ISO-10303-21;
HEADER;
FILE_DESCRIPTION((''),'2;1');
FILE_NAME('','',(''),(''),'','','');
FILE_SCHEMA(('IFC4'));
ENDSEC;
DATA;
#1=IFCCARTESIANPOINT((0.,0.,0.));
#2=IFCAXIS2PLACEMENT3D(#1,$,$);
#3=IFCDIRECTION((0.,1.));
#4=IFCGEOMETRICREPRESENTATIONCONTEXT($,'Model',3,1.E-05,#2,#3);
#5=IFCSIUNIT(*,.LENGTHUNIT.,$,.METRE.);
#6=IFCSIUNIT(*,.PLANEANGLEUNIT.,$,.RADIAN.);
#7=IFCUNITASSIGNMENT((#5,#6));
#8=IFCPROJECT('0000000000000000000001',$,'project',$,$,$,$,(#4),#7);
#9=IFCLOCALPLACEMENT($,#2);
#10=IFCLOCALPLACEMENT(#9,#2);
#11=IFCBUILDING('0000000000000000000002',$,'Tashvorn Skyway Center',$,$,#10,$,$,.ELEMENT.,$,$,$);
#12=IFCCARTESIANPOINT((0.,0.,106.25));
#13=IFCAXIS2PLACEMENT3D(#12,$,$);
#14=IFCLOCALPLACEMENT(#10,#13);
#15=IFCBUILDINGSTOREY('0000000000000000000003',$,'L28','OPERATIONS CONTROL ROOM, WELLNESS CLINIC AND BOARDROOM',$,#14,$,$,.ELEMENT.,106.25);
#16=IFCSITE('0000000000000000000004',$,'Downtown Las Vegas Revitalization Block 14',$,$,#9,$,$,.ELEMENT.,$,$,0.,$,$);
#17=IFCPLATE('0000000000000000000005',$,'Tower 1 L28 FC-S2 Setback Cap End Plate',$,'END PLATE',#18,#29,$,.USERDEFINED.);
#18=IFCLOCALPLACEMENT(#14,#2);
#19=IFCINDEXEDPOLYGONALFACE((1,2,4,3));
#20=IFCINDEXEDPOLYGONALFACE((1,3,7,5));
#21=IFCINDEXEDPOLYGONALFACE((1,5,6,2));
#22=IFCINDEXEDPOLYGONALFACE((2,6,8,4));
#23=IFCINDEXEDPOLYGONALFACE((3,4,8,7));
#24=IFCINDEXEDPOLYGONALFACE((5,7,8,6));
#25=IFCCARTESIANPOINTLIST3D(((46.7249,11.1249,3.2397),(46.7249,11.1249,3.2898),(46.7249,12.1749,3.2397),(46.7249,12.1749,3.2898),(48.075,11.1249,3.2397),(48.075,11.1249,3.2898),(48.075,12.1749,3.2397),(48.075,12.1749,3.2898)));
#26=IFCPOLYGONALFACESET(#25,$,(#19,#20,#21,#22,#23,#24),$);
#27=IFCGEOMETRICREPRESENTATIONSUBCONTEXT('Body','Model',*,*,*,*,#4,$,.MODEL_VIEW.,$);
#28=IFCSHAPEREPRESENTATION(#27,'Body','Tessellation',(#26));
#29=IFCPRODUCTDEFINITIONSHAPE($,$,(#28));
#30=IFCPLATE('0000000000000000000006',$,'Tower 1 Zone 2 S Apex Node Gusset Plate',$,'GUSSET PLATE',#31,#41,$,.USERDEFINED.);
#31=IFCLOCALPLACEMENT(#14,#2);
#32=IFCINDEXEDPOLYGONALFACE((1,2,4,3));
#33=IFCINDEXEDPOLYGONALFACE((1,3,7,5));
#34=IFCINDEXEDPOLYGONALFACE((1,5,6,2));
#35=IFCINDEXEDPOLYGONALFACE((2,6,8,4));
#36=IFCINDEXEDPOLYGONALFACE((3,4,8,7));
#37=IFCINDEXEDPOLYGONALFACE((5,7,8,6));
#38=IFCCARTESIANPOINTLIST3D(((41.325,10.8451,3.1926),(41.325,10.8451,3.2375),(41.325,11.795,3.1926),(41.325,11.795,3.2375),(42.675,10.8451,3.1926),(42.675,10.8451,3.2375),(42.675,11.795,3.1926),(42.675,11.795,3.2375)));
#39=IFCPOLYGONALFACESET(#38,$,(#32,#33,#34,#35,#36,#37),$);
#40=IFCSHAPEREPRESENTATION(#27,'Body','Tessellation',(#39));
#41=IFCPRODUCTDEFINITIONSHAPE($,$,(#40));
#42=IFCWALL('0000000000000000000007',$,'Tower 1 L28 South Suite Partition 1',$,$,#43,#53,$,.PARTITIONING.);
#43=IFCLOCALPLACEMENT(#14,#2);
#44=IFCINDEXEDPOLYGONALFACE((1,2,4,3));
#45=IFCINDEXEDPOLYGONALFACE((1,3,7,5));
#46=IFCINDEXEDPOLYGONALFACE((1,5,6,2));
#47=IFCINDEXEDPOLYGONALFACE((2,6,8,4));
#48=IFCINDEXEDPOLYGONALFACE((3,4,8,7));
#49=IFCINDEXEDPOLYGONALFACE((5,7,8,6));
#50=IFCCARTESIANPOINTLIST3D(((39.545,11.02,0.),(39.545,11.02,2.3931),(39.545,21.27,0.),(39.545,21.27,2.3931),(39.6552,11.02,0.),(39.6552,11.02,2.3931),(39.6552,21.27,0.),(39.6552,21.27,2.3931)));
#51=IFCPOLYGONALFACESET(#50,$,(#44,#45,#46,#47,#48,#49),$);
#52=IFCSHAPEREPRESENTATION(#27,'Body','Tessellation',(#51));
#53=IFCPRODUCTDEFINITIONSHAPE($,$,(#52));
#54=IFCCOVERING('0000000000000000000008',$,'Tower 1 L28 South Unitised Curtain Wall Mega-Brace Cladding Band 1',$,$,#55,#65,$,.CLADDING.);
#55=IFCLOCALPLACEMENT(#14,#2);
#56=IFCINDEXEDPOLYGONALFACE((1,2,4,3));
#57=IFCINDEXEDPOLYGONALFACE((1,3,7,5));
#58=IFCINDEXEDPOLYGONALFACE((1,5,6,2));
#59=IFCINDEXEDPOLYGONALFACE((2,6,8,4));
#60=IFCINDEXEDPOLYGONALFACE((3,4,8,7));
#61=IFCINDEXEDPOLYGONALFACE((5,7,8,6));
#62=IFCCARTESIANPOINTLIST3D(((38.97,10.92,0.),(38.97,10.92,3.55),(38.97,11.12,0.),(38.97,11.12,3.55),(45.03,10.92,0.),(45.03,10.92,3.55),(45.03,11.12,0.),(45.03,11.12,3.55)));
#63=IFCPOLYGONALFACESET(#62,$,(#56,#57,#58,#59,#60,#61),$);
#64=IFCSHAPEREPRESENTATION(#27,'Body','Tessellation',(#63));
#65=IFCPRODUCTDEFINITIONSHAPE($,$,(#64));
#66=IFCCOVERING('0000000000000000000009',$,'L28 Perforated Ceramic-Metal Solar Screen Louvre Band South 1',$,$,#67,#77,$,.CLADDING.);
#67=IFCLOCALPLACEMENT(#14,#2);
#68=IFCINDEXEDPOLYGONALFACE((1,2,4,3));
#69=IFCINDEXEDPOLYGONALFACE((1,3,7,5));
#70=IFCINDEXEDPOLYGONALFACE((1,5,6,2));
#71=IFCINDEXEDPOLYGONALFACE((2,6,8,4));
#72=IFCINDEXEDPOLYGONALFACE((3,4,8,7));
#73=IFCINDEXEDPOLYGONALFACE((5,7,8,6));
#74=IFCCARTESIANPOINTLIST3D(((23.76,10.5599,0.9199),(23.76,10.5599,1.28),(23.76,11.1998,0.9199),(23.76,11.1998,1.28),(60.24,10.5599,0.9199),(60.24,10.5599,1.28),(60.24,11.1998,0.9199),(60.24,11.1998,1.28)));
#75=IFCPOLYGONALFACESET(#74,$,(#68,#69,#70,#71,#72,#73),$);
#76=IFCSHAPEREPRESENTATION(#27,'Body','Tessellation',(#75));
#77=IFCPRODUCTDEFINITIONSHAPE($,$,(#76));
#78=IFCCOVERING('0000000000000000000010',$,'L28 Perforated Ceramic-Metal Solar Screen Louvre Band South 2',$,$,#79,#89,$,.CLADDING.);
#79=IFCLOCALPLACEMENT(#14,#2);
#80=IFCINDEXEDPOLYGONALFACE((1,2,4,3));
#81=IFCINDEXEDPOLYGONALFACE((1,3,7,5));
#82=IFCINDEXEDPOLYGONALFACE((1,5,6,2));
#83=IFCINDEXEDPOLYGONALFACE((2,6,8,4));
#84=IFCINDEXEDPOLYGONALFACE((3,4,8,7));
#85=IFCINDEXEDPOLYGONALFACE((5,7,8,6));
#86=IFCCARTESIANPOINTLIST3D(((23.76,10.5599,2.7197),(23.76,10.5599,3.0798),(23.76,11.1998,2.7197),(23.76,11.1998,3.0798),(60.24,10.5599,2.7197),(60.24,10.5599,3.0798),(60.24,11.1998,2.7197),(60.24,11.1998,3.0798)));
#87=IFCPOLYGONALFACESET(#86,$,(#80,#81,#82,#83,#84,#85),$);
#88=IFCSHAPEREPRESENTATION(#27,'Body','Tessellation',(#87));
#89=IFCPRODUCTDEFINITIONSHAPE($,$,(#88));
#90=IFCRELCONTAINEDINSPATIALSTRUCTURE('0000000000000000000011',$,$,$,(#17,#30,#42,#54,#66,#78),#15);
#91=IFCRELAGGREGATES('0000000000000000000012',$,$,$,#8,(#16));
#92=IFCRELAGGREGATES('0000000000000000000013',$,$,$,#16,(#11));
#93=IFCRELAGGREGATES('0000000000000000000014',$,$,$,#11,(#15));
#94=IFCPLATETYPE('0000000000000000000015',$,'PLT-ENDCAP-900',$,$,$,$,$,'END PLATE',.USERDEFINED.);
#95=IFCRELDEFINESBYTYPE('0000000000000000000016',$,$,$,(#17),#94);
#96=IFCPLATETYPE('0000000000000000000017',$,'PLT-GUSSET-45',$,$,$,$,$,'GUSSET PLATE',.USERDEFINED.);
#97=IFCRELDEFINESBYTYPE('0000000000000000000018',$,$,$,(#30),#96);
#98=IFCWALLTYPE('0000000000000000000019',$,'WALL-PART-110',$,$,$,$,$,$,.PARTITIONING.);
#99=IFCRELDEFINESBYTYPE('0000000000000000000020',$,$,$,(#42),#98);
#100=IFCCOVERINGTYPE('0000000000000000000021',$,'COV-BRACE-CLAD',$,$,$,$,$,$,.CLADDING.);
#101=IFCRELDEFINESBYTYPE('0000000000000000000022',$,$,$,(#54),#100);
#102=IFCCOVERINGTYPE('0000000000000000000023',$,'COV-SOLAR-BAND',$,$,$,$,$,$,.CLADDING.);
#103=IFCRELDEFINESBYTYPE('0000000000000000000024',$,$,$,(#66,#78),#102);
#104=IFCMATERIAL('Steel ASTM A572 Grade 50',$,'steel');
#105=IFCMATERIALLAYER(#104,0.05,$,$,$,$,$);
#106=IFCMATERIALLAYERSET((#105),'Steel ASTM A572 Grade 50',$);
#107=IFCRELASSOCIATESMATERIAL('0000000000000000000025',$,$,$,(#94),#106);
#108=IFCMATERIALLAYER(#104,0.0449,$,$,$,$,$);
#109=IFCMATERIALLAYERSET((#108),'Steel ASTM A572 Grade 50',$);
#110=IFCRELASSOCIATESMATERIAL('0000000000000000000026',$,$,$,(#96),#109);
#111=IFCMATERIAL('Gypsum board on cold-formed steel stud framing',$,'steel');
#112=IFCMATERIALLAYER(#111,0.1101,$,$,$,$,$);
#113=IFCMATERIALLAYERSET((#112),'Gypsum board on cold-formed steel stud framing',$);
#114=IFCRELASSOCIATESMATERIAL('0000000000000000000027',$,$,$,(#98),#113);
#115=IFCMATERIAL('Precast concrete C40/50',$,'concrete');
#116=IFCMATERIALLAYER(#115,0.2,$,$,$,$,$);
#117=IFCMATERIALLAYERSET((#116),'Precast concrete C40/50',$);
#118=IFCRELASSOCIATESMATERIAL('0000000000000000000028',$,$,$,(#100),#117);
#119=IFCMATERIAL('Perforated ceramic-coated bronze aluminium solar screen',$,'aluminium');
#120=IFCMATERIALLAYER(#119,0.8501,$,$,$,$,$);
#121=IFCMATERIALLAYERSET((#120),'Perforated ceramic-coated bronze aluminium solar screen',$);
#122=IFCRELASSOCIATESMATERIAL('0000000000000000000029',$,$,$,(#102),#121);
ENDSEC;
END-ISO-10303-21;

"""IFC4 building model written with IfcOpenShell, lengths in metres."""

from ifc_helpers import new_model, si_unit, direction, frame, frame_2d, origin, origin_2d, place, context, subcontext, project, spatial, rectangle, extrude, material, layer, layer_set, type_object, element, save


model = new_model("IFC4")

# Units and contexts
model_context = context("Model", 3, precision=1e-05, world=origin(), true_north=direction((0.0, 1.0)))
body_context = subcontext(model_context, "Body", "Model", "MODEL_VIEW")
ifc_project = project(units=[si_unit("LENGTHUNIT", "METRE"), si_unit("PLANEANGLEUNIT", "RADIAN")], contexts=[model_context])

# Site, building, storey
site_placement = place(None, origin())
site = spatial("IfcSite", under=ifc_project, at=site_placement, Name="Downtown Las Vegas Revitalization Block 14", CompositionType="ELEMENT", RefElevation=0.0)
building_placement = place(site_placement, origin())
building = spatial("IfcBuilding", under=site, at=building_placement, Name="Tashvorn Skyway Center", CompositionType="ELEMENT")
storey_placement = place(building_placement, frame((0.0, 0.0, 106.25)))
storey = spatial("IfcBuildingStorey", under=building, at=storey_placement, Name="L28", Description="OPERATIONS CONTROL ROOM, WELLNESS CLINIC AND BOARDROOM", CompositionType="ELEMENT", Elevation=106.25)

# Shared definitions
ifc_material_1 = material(Name="Steel ASTM A572 Grade 50", Category="steel")

# Plates
ifc_layer_1 = layer(ifc_material_1, 0.05)
ifc_layer_set_1 = layer_set([ifc_layer_1], Name="Steel ASTM A572 Grade 50")
plate_type_1 = type_object("IfcPlateType", Name="PLT-ENDCAP-900", ElementType="END PLATE", PredefinedType="USERDEFINED", material=ifc_layer_set_1)
plate_1_placement = place(storey_placement, frame((47.3999, 11.6499, 3.2397), z_axis=(0.0, 0.0, 1.0), x_axis=(1.0, 0.0, 0.0)))
element("IfcPlate", 1, at=plate_1_placement, inside=storey, type_object=plate_type_1, Name="Tower 1 L28 FC-S2 Setback Cap End Plate", ObjectType="END PLATE", PredefinedType="USERDEFINED", context=body_context, shape_type="SweptSolid", body=[
    extrude(rectangle(XDim=1.3501, YDim=1.05, at=origin_2d()), origin(), (0.0, 0.0, 1.0), 0.05),
])
ifc_layer_2 = layer(ifc_material_1, 0.0449)
ifc_layer_set_2 = layer_set([ifc_layer_2], Name="Steel ASTM A572 Grade 50")
plate_type_2 = type_object("IfcPlateType", Name="PLT-GUSSET-45", ElementType="GUSSET PLATE", PredefinedType="USERDEFINED", material=ifc_layer_set_2)
plate_2_placement = place(storey_placement, frame((42.0, 11.3201, 3.1926), z_axis=(0.0, 0.0, 1.0), x_axis=(1.0, 0.0, 0.0)))
element("IfcPlate", 2, at=plate_2_placement, inside=storey, type_object=plate_type_2, Name="Tower 1 Zone 2 S Apex Node Gusset Plate", ObjectType="GUSSET PLATE", PredefinedType="USERDEFINED", context=body_context, shape_type="SweptSolid", body=[
    extrude(rectangle(XDim=1.3501, YDim=0.95, at=origin_2d()), origin(), (0.0, 0.0, 1.0), 0.0449),
])

# Wall
ifc_material_2 = material(Name="Gypsum board on cold-formed steel stud framing", Category="steel")
ifc_layer_3 = layer(ifc_material_2, 0.1101)
ifc_layer_set_3 = layer_set([ifc_layer_3], Name="Gypsum board on cold-formed steel stud framing")
wall_type = type_object("IfcWallType", Name="WALL-PART-110", PredefinedType="PARTITIONING", material=ifc_layer_set_3)
wall_placement = place(storey_placement, frame((39.6001, 11.02, 0.0), z_axis=(0.0, 0.0, 1.0), x_axis=(0.0, 1.0, 0.0)))
element("IfcWall", 3, at=wall_placement, inside=storey, type_object=wall_type, Name="Tower 1 L28 South Suite Partition 1", PredefinedType="PARTITIONING", context=body_context, shape_type="SweptSolid", body=[
    extrude(rectangle(XDim=10.25, YDim=0.1101, at=frame_2d((5.125, 0.0))), origin(), (0.0, 0.0, 1.0), 2.3931),
])

# Coverings
ifc_material_3 = material(Name="Precast concrete C40/50", Category="concrete")
ifc_layer_4 = layer(ifc_material_3, 0.2)
ifc_layer_set_4 = layer_set([ifc_layer_4], Name="Precast concrete C40/50")
covering_type_1 = type_object("IfcCoveringType", Name="COV-BRACE-CLAD", PredefinedType="CLADDING", material=ifc_layer_set_4)
covering_placement = place(storey_placement, frame((42.0, 11.02, 0.0), z_axis=(0.0, 0.0, 1.0), x_axis=(-1.0, 0.0, 0.0)))
element("IfcCovering", 4, at=covering_placement, inside=storey, type_object=covering_type_1, Name="Tower 1 L28 South Unitised Curtain Wall Mega-Brace Cladding Band 1", PredefinedType="CLADDING", context=body_context, shape_type="SweptSolid", body=[
    extrude(rectangle(XDim=6.0601, YDim=0.2, at=origin_2d()), origin(), (0.0, 0.0, 1.0), 3.55),
])
ifc_material_4 = material(Name="Perforated ceramic-coated bronze aluminium solar screen", Category="aluminium")
ifc_layer_5 = layer(ifc_material_4, 0.8501)
ifc_layer_set_5 = layer_set([ifc_layer_5], Name="Perforated ceramic-coated bronze aluminium solar screen")
covering_type_2 = type_object("IfcCoveringType", Name="COV-SOLAR-BAND", PredefinedType="CLADDING", material=ifc_layer_set_5)
for number, where, z_axis, x_axis, name in (
    (5, (42.0, 10.8799, 0.9199), (0.0, 0.0, 1.0), (-1.0, 0.0, 0.0), "L28 Perforated Ceramic-Metal Solar Screen Louvre Band South 1"),
    (6, (42.0, 10.8799, 2.7197), (0.0, 0.0, 1.0), (-1.0, 0.0, 0.0), "L28 Perforated Ceramic-Metal Solar Screen Louvre Band South 2"),
):
    element("IfcCovering", number, at=place(storey_placement, frame(where, z_axis=z_axis, x_axis=x_axis)), inside=storey, type_object=covering_type_2, Name=name, PredefinedType="CLADDING", context=body_context, shape_type="SweptSolid", body=[
        extrude(rectangle(XDim=36.48, YDim=0.6399, at=origin_2d()), origin(), (0.0, 0.0, 1.0), 0.3601),
    ])

save(model, "model.ifc")
